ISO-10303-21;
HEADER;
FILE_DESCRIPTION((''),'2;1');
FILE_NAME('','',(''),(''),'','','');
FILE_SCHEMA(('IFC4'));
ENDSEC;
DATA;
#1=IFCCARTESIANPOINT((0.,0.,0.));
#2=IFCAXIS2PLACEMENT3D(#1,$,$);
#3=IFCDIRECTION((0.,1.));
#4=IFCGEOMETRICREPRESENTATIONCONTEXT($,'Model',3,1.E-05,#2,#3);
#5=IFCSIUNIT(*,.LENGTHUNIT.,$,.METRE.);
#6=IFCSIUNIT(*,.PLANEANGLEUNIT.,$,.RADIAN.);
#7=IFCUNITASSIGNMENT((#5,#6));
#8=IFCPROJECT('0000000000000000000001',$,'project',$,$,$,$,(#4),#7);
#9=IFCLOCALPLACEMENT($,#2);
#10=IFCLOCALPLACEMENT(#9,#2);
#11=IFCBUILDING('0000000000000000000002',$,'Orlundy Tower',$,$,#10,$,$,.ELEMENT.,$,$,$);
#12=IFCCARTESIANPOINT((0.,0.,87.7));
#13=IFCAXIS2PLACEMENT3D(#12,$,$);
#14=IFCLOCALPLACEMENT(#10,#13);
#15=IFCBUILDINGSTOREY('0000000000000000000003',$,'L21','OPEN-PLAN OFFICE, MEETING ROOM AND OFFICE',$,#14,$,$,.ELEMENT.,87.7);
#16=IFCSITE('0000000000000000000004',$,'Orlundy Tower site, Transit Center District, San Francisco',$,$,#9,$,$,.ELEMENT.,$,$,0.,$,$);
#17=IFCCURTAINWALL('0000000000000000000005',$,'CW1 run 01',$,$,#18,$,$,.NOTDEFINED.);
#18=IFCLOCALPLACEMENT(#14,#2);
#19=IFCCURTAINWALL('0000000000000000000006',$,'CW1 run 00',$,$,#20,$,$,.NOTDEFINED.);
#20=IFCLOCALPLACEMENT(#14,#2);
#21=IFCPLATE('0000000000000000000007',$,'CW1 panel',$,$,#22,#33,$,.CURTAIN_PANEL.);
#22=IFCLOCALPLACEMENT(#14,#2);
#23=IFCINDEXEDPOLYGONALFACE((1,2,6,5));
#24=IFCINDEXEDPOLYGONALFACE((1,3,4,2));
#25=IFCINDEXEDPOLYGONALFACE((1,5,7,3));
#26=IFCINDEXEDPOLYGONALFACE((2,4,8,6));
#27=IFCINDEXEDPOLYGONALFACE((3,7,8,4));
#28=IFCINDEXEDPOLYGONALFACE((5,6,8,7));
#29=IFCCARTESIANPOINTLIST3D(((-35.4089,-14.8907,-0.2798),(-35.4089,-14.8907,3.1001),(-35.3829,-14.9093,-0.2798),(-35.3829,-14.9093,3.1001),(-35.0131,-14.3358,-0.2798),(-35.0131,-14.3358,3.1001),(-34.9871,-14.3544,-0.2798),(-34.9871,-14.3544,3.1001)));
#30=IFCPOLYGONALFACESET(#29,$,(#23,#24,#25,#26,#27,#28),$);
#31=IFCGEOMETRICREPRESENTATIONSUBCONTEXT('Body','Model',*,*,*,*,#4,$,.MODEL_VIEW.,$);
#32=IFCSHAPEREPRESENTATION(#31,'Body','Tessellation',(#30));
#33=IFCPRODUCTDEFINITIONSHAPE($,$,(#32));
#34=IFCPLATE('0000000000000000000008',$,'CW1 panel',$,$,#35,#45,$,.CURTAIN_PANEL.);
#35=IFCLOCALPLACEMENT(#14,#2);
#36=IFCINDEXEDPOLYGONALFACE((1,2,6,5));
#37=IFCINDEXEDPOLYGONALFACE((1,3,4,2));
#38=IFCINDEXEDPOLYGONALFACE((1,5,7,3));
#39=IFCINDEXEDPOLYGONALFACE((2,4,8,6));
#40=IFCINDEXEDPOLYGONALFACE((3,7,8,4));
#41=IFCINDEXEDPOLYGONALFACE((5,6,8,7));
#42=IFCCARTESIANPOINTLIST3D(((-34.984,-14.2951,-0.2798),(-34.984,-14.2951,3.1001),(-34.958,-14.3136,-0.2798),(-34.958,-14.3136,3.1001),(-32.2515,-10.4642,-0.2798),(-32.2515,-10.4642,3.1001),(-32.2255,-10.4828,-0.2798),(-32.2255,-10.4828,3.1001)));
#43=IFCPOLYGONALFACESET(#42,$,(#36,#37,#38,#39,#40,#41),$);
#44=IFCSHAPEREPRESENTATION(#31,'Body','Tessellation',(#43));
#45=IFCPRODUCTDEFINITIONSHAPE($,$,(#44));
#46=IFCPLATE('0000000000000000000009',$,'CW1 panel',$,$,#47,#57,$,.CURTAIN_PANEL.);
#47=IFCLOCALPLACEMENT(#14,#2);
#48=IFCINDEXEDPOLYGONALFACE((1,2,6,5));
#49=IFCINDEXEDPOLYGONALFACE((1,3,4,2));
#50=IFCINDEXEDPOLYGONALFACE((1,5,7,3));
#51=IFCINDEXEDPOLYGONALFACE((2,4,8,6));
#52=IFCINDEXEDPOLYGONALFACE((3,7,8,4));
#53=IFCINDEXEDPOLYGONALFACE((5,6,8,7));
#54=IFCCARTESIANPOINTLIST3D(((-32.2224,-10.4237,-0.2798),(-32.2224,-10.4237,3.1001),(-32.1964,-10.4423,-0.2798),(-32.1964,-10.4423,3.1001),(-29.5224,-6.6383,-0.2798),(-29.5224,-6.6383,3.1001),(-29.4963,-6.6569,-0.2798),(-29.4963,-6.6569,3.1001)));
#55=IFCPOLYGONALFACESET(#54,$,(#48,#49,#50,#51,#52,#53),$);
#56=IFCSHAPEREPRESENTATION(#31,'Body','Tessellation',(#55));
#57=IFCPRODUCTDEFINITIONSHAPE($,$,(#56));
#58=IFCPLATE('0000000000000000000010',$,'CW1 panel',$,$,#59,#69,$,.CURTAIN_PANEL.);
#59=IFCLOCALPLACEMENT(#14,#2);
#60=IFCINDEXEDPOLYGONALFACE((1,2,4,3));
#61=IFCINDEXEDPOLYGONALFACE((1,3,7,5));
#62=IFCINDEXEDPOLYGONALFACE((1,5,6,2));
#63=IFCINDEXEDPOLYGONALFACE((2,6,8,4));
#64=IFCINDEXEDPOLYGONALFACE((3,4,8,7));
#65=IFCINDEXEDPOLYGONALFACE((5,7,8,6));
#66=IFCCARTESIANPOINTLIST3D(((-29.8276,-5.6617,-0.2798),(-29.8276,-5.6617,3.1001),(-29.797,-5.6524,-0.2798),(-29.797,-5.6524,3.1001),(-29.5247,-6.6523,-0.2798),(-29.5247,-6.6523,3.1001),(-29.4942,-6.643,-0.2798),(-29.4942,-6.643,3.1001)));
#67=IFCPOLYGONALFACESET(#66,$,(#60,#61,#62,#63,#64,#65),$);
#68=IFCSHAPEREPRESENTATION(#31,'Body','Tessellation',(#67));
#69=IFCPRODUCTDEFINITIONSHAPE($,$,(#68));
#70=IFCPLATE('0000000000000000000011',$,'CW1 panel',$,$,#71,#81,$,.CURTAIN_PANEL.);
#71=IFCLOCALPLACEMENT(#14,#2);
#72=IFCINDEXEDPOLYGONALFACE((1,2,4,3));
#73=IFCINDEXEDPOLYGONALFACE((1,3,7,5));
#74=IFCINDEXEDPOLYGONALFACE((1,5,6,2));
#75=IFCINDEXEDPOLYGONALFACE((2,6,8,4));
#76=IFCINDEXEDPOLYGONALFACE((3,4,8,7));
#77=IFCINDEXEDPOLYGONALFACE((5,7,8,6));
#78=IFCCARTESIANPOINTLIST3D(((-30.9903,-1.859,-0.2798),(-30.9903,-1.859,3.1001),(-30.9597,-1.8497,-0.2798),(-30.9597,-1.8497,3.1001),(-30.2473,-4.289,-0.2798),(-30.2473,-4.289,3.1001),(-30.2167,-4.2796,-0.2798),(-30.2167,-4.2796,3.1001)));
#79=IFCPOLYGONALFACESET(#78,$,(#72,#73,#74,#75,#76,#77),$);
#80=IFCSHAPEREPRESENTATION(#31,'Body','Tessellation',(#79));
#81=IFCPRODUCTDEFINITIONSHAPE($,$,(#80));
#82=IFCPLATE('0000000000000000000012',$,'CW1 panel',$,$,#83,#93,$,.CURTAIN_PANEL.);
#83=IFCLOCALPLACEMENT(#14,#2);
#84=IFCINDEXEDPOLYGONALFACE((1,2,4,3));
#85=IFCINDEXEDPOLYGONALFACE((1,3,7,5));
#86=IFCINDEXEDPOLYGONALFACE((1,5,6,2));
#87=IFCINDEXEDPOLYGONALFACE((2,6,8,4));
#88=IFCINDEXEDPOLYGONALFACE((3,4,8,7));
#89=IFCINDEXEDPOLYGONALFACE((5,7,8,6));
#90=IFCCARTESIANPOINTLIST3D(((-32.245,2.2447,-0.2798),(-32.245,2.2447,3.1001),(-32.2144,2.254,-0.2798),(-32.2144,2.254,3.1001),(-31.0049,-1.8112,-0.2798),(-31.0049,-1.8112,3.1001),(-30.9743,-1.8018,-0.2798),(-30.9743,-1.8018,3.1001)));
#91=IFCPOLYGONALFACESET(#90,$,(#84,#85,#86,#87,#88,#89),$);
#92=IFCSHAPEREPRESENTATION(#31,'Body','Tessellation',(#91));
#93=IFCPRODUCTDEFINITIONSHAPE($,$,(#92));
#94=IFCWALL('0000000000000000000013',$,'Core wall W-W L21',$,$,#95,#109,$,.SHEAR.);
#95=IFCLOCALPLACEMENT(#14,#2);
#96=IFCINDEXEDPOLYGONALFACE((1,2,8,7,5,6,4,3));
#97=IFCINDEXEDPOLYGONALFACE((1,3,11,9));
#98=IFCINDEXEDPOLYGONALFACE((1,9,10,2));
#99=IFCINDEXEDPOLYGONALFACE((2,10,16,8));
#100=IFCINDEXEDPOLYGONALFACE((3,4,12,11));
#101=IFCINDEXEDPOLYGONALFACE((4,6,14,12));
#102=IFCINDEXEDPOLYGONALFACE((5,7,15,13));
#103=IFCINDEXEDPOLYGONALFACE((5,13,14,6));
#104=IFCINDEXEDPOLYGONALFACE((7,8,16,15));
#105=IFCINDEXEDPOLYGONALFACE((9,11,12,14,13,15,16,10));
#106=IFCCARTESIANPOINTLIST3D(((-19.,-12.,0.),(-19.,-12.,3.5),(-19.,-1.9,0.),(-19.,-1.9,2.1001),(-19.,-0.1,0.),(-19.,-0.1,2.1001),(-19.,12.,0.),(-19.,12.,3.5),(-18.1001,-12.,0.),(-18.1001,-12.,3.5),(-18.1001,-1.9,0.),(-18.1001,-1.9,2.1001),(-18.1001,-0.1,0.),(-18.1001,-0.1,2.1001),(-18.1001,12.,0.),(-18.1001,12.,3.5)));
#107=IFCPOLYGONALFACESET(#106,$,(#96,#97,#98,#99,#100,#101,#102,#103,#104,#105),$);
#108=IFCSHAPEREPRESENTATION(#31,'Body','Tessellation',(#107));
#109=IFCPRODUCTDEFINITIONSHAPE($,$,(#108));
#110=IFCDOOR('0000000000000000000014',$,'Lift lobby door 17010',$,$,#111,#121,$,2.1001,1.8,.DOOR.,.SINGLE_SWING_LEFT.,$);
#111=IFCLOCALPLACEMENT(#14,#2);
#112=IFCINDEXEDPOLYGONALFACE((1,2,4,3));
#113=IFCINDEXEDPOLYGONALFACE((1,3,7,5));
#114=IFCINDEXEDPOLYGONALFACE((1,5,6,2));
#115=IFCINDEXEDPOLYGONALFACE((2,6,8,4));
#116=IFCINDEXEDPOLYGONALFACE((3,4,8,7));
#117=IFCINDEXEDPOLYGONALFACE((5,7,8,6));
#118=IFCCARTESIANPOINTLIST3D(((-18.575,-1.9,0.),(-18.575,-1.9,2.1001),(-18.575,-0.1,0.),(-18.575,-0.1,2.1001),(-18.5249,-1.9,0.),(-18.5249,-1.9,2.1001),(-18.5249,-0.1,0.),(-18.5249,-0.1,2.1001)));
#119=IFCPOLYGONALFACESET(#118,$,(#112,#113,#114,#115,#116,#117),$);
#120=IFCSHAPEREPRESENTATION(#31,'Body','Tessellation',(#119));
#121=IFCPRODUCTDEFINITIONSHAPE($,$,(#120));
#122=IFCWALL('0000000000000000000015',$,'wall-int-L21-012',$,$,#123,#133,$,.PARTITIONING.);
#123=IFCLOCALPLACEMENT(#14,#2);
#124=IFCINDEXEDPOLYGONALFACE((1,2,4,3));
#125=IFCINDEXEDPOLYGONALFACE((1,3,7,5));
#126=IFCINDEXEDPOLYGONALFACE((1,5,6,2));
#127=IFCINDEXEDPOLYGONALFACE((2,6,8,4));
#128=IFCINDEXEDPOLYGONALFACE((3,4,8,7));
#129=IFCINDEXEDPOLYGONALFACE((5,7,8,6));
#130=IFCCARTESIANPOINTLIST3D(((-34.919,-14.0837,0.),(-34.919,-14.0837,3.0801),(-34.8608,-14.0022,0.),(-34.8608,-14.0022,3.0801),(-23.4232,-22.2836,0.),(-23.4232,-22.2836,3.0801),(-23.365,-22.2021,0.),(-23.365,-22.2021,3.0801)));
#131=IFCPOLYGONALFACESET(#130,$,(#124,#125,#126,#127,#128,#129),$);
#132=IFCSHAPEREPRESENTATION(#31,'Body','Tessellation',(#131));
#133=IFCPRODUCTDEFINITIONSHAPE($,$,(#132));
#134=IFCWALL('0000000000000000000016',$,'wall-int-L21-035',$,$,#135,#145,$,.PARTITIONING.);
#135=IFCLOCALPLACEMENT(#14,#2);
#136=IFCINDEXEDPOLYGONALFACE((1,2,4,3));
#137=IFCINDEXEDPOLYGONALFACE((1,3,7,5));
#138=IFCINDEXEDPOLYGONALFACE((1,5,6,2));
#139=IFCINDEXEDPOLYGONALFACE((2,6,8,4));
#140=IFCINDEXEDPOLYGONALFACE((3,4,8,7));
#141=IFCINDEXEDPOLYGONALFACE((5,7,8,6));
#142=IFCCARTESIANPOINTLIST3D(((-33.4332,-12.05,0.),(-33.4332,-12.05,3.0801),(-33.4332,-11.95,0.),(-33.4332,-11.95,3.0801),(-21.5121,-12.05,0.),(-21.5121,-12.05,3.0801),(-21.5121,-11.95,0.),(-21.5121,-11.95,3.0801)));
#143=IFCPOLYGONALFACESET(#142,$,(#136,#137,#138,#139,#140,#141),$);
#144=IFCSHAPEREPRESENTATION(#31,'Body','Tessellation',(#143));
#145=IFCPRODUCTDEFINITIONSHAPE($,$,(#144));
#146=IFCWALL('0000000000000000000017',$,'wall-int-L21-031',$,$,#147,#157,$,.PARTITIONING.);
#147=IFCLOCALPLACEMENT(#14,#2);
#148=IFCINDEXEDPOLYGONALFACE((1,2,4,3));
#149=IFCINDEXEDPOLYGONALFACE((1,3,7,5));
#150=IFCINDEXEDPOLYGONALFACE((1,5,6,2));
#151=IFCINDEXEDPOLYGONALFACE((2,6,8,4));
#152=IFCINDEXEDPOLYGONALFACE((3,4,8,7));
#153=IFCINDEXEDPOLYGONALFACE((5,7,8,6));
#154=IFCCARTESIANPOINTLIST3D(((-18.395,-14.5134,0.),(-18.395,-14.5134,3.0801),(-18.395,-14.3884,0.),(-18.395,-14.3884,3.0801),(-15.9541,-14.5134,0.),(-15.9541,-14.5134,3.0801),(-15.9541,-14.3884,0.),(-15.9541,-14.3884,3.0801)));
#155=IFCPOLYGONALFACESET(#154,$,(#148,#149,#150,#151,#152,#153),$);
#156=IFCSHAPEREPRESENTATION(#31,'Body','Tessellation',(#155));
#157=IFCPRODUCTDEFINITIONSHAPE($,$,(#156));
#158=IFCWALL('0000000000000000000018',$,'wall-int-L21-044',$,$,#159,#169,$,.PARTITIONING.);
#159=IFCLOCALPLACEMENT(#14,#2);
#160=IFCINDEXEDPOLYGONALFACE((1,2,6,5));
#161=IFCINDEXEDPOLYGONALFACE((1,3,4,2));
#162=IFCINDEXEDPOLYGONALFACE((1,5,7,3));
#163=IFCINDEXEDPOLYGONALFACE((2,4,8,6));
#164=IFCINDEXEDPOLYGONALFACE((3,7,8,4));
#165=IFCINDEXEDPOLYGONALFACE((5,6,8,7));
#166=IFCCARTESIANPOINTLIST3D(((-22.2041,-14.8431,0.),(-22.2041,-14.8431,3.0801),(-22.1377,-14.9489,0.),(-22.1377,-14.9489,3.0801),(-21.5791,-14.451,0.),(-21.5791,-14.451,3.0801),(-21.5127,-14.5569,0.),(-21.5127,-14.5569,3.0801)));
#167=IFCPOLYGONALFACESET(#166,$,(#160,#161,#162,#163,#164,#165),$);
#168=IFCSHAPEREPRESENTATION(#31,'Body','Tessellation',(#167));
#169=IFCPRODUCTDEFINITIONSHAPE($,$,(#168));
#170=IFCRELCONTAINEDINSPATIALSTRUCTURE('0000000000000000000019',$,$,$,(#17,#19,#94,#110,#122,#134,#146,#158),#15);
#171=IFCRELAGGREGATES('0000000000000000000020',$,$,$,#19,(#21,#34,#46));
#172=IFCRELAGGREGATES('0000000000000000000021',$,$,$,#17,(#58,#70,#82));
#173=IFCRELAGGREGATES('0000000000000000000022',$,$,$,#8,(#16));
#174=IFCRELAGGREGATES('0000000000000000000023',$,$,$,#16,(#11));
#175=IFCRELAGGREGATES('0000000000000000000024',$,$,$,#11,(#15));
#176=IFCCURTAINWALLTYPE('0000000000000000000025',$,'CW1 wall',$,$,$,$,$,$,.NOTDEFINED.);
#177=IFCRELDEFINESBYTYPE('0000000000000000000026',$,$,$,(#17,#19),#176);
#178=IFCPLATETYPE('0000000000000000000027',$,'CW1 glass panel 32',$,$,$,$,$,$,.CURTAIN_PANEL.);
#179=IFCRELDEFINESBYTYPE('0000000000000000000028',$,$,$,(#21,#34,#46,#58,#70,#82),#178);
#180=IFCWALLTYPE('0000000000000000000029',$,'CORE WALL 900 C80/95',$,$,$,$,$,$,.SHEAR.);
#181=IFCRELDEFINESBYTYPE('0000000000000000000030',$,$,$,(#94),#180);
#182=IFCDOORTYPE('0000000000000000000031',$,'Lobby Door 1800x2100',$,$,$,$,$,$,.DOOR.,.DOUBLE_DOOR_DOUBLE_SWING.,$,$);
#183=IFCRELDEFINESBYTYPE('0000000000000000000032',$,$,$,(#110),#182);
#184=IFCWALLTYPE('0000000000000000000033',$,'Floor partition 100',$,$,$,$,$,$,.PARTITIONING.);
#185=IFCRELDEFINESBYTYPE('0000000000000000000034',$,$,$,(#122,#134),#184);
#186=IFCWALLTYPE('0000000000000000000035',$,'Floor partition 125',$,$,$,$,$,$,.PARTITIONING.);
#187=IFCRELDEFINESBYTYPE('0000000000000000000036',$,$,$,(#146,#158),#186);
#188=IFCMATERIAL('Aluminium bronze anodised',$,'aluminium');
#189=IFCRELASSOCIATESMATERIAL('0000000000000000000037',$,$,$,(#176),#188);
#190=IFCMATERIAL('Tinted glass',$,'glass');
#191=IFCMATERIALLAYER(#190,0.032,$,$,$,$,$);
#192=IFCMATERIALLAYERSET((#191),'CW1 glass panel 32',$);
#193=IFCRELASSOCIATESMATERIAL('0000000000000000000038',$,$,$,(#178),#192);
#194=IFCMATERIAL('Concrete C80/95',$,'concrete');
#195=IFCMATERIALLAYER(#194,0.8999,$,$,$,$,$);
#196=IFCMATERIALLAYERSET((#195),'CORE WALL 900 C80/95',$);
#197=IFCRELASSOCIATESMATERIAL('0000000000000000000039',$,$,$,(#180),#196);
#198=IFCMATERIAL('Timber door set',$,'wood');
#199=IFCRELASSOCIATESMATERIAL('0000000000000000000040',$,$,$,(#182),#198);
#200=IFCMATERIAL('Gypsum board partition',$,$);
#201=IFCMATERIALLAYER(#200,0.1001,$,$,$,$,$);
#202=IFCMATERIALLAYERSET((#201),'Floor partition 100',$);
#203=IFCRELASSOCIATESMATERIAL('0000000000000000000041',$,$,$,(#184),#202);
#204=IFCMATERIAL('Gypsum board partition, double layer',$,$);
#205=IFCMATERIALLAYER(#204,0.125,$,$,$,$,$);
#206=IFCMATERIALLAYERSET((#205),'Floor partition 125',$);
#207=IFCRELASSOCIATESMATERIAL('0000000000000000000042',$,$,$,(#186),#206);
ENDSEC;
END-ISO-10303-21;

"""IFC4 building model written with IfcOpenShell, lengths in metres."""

from ifc_helpers import new_model, si_unit, direction, frame, frame_2d, origin, origin_2d, place, context, subcontext, project, spatial, rectangle, extrude, material, layer, layer_set, type_object, element, fill, aggregate, save


model = new_model("IFC4")

# Units and contexts
model_context = context("Model", 3, precision=1e-05, world=origin(), true_north=direction((0.0, 1.0)))
body_context = subcontext(model_context, "Body", "Model", "MODEL_VIEW")
ifc_project = project(units=[si_unit("LENGTHUNIT", "METRE"), si_unit("PLANEANGLEUNIT", "RADIAN")], contexts=[model_context])

# Site, building, storey
site_placement = place(None, origin())
site = spatial("IfcSite", under=ifc_project, at=site_placement, Name="Orlundy Tower site, Transit Center District, San Francisco", CompositionType="ELEMENT", RefElevation=0.0)
building_placement = place(site_placement, origin())
building = spatial("IfcBuilding", under=site, at=building_placement, Name="Orlundy Tower", CompositionType="ELEMENT")
storey_placement = place(building_placement, frame((0.0, 0.0, 87.7)))
storey = spatial("IfcBuildingStorey", under=building, at=storey_placement, Name="L21", Description="OPEN-PLAN OFFICE, MEETING ROOM AND OFFICE", CompositionType="ELEMENT", Elevation=87.7)

# Curtain wall
ifc_material_1 = material(Name="Aluminium bronze anodised", Category="aluminium")
curtain_wall_type = type_object("IfcCurtainWallType", Name="CW1 wall", PredefinedType="NOTDEFINED", material=ifc_material_1)
curtain_wall_1_placement = place(storey_placement, origin())
curtain_wall_1 = element("IfcCurtainWall", 1, at=curtain_wall_1_placement, inside=storey, type_object=curtain_wall_type, Name="CW1 run 01", PredefinedType="NOTDEFINED")

# Curtain wall
curtain_wall_2_placement = place(storey_placement, origin())
curtain_wall_2 = element("IfcCurtainWall", 2, at=curtain_wall_2_placement, inside=storey, type_object=curtain_wall_type, Name="CW1 run 00", PredefinedType="NOTDEFINED")

# Plates
ifc_material_2 = material(Name="Tinted glass", Category="glass")
ifc_layer_1 = layer(ifc_material_2, 0.032)
ifc_layer_set_1 = layer_set([ifc_layer_1], Name="CW1 glass panel 32")
plate_type = type_object("IfcPlateType", Name="CW1 glass panel 32", PredefinedType="CURTAIN_PANEL", material=ifc_layer_set_1)
plate_1_placement = place(storey_placement, frame((-35.198, -14.6226, -0.2798), z_axis=(0.0, 0.0, 1.0), x_axis=(0.580701, 0.814117, 0.0)))
plate_1 = element("IfcPlate", 3, at=plate_1_placement, type_object=plate_type, Name="CW1 panel", PredefinedType="CURTAIN_PANEL", context=body_context, shape_type="SweptSolid", body=[
    extrude(rectangle(XDim=0.6816, YDim=0.032, at=origin_2d()), origin(), (0.0, 0.0, 1.0), 3.3799),
])
plate_2_placement = place(storey_placement, frame((-33.6047, -12.3889, -0.2798), z_axis=(0.0, 0.0, 1.0), x_axis=(0.580701, 0.814117, 0.0)))
plate_2 = element("IfcPlate", 4, at=plate_2_placement, type_object=plate_type, Name="CW1 panel", PredefinedType="CURTAIN_PANEL", context=body_context, shape_type="SweptSolid", body=[
    extrude(rectangle(XDim=4.7056, YDim=0.032, at=origin_2d()), origin(), (0.0, 0.0, 1.0), 3.3799),
])
plate_3_placement = place(storey_placement, frame((-30.8594, -8.5403, -0.2798), z_axis=(0.0, 0.0, 1.0), x_axis=(0.580701, 0.814117, 0.0)))
plate_3 = element("IfcPlate", 5, at=plate_3_placement, type_object=plate_type, Name="CW1 panel", PredefinedType="CURTAIN_PANEL", context=body_context, shape_type="SweptSolid", body=[
    extrude(rectangle(XDim=4.6497, YDim=0.032, at=origin_2d()), origin(), (0.0, 0.0, 1.0), 3.3799),
])
aggregate(curtain_wall_2, [plate_1, plate_2, plate_3])
plate_4_placement = place(storey_placement, frame((-29.6609, -6.1523, -0.2798), z_axis=(0.0, 0.0, 1.0), x_axis=(-0.29239, 0.956299, 0.0)))
plate_4 = element("IfcPlate", 6, at=plate_4_placement, type_object=plate_type, Name="CW1 panel", PredefinedType="CURTAIN_PANEL", context=body_context, shape_type="SweptSolid", body=[
    extrude(rectangle(XDim=1.0359, YDim=0.032, at=origin_2d()), origin(), (0.0, 0.0, 1.0), 3.3799),
])
plate_5_placement = place(storey_placement, frame((-30.6035, -3.0693, -0.2798), z_axis=(0.0, 0.0, 1.0), x_axis=(-0.29239, 0.956299, 0.0)))
plate_5 = element("IfcPlate", 7, at=plate_5_placement, type_object=plate_type, Name="CW1 panel", PredefinedType="CURTAIN_PANEL", context=body_context, shape_type="SweptSolid", body=[
    extrude(rectangle(XDim=2.541, YDim=0.032, at=origin_2d()), origin(), (0.0, 0.0, 1.0), 3.3799),
])
plate_6_placement = place(storey_placement, frame((-31.6096, 0.2214, -0.2798), z_axis=(0.0, 0.0, 1.0), x_axis=(-0.29239, 0.956299, 0.0)))
plate_6 = element("IfcPlate", 8, at=plate_6_placement, type_object=plate_type, Name="CW1 panel", PredefinedType="CURTAIN_PANEL", context=body_context, shape_type="SweptSolid", body=[
    extrude(rectangle(XDim=4.2412, YDim=0.032, at=origin_2d()), origin(), (0.0, 0.0, 1.0), 3.3799),
])
aggregate(curtain_wall_1, [plate_4, plate_5, plate_6])

# Wall, opening, door
ifc_material_3 = material(Name="Concrete C80/95", Category="concrete")
ifc_layer_2 = layer(ifc_material_3, 0.8999)
ifc_layer_set_2 = layer_set([ifc_layer_2], Name="CORE WALL 900 C80/95")
wall_type_1 = type_object("IfcWallType", Name="CORE WALL 900 C80/95", PredefinedType="SHEAR", material=ifc_layer_set_2)
wall_1_placement = place(storey_placement, frame((-18.55, -12.0, 0.0), z_axis=(0.0, 0.0, 1.0), x_axis=(0.0, 1.0, 0.0)))
wall_1 = element("IfcWall", 9, at=wall_1_placement, inside=storey, type_object=wall_type_1, Name="Core wall W-W L21", PredefinedType="SHEAR", context=body_context, shape_type="SweptSolid", body=[
    extrude(rectangle(XDim=24.0, YDim=0.8999, at=frame_2d((12.0, 0.0))), origin(), (0.0, 0.0, 1.0), 3.5),
])
opening_1_placement = place(wall_1_placement, frame((10.1001, 0.0, 0.0)))
opening_1 = element("IfcOpeningElement", 10, at=opening_1_placement, cuts=wall_1, PredefinedType="OPENING", context=body_context, shape_type="SweptSolid", body=[
    extrude(rectangle(XDim=1.8, YDim=2.1001, at=frame_2d((0.8999, 1.05))), frame((0.0, 0.46, 0.0), z_axis=(0.0, -1.0, 0.0), x_axis=(1.0, 0.0, 0.0)), (0.0, 0.0, 1.0), 0.9199),
])
ifc_material_4 = material(Name="Timber door set", Category="wood")
door_type_1 = type_object("IfcDoorType", Name="Lobby Door 1800x2100", OperationType="DOUBLE_DOOR_DOUBLE_SWING", PredefinedType="DOOR", material=ifc_material_4)
door_1_placement = place(opening_1_placement, origin())
door_1 = element("IfcDoor", 11, at=door_1_placement, inside=storey, type_object=door_type_1, Name="Lift lobby door 17010", OperationType="SINGLE_SWING_LEFT", OverallHeight=2.1001, OverallWidth=1.8, PredefinedType="DOOR", context=body_context, shape_type="SweptSolid", body=[
    extrude(rectangle(XDim=1.8, YDim=2.1001, at=frame_2d((0.8999, 1.05))), frame((0.0, 0.0249, 0.0), z_axis=(0.0, -1.0, 0.0), x_axis=(1.0, 0.0, 0.0)), (0.0, 0.0, 1.0), 0.05),
])
fill(opening_1, door_1)

# Walls
ifc_material_5 = material(Name="Gypsum board partition")
ifc_layer_3 = layer(ifc_material_5, 0.1001)
ifc_layer_set_3 = layer_set([ifc_layer_3], Name="Floor partition 100")
wall_type_2 = type_object("IfcWallType", Name="Floor partition 100", PredefinedType="PARTITIONING", material=ifc_layer_set_3)
wall_2_placement = place(storey_placement, frame((-34.8899, -14.043, 0.0), z_axis=(0.0, 0.0, 1.0), x_axis=(0.814114, -0.580705, 0.0)))
element("IfcWall", 12, at=wall_2_placement, inside=storey, type_object=wall_type_2, Name="wall-int-L21-012", PredefinedType="PARTITIONING", context=body_context, shape_type="SweptSolid", body=[
    extrude(rectangle(XDim=14.1206, YDim=0.1001, at=frame_2d((7.0603, 0.0))), origin(), (0.0, 0.0, 1.0), 3.0801),
])
wall_3_placement = place(storey_placement, frame((-33.4331, -12.0, 0.0), z_axis=(0.0, 0.0, 1.0), x_axis=(1.0, 0.0, 0.0)))
element("IfcWall", 13, at=wall_3_placement, inside=storey, type_object=wall_type_2, Name="wall-int-L21-035", PredefinedType="PARTITIONING", context=body_context, shape_type="SweptSolid", body=[
    extrude(rectangle(XDim=11.9211, YDim=0.1001, at=frame_2d((5.9604, 0.0))), origin(), (0.0, 0.0, 1.0), 3.0801),
])
ifc_material_6 = material(Name="Gypsum board partition, double layer")
ifc_layer_4 = layer(ifc_material_6, 0.125)
ifc_layer_set_4 = layer_set([ifc_layer_4], Name="Floor partition 125")
wall_type_3 = type_object("IfcWallType", Name="Floor partition 125", PredefinedType="PARTITIONING", material=ifc_layer_set_4)
wall_4_placement = place(storey_placement, frame((-18.395, -14.4509, 0.0), z_axis=(0.0, 0.0, 1.0), x_axis=(1.0, 0.0, 0.0)))
element("IfcWall", 14, at=wall_4_placement, inside=storey, type_object=wall_type_3, Name="wall-int-L21-031", PredefinedType="PARTITIONING", context=body_context, shape_type="SweptSolid", body=[
    extrude(rectangle(XDim=2.4409, YDim=0.125, at=frame_2d((1.2205, 0.0))), origin(), (0.0, 0.0, 1.0), 3.0801),
])
wall_5_placement = place(storey_placement, frame((-22.1709, -14.896, 0.0), z_axis=(0.0, 0.0, 1.0), x_axis=(0.847105, 0.531426, 0.0)))
element("IfcWall", 15, at=wall_5_placement, inside=storey, type_object=wall_type_3, Name="wall-int-L21-044", PredefinedType="PARTITIONING", context=body_context, shape_type="SweptSolid", body=[
    extrude(rectangle(XDim=0.7378, YDim=0.125, at=frame_2d((0.3689, 0.0))), origin(), (0.0, 0.0, 1.0), 3.0801),
])

save(model, "model.ifc")
